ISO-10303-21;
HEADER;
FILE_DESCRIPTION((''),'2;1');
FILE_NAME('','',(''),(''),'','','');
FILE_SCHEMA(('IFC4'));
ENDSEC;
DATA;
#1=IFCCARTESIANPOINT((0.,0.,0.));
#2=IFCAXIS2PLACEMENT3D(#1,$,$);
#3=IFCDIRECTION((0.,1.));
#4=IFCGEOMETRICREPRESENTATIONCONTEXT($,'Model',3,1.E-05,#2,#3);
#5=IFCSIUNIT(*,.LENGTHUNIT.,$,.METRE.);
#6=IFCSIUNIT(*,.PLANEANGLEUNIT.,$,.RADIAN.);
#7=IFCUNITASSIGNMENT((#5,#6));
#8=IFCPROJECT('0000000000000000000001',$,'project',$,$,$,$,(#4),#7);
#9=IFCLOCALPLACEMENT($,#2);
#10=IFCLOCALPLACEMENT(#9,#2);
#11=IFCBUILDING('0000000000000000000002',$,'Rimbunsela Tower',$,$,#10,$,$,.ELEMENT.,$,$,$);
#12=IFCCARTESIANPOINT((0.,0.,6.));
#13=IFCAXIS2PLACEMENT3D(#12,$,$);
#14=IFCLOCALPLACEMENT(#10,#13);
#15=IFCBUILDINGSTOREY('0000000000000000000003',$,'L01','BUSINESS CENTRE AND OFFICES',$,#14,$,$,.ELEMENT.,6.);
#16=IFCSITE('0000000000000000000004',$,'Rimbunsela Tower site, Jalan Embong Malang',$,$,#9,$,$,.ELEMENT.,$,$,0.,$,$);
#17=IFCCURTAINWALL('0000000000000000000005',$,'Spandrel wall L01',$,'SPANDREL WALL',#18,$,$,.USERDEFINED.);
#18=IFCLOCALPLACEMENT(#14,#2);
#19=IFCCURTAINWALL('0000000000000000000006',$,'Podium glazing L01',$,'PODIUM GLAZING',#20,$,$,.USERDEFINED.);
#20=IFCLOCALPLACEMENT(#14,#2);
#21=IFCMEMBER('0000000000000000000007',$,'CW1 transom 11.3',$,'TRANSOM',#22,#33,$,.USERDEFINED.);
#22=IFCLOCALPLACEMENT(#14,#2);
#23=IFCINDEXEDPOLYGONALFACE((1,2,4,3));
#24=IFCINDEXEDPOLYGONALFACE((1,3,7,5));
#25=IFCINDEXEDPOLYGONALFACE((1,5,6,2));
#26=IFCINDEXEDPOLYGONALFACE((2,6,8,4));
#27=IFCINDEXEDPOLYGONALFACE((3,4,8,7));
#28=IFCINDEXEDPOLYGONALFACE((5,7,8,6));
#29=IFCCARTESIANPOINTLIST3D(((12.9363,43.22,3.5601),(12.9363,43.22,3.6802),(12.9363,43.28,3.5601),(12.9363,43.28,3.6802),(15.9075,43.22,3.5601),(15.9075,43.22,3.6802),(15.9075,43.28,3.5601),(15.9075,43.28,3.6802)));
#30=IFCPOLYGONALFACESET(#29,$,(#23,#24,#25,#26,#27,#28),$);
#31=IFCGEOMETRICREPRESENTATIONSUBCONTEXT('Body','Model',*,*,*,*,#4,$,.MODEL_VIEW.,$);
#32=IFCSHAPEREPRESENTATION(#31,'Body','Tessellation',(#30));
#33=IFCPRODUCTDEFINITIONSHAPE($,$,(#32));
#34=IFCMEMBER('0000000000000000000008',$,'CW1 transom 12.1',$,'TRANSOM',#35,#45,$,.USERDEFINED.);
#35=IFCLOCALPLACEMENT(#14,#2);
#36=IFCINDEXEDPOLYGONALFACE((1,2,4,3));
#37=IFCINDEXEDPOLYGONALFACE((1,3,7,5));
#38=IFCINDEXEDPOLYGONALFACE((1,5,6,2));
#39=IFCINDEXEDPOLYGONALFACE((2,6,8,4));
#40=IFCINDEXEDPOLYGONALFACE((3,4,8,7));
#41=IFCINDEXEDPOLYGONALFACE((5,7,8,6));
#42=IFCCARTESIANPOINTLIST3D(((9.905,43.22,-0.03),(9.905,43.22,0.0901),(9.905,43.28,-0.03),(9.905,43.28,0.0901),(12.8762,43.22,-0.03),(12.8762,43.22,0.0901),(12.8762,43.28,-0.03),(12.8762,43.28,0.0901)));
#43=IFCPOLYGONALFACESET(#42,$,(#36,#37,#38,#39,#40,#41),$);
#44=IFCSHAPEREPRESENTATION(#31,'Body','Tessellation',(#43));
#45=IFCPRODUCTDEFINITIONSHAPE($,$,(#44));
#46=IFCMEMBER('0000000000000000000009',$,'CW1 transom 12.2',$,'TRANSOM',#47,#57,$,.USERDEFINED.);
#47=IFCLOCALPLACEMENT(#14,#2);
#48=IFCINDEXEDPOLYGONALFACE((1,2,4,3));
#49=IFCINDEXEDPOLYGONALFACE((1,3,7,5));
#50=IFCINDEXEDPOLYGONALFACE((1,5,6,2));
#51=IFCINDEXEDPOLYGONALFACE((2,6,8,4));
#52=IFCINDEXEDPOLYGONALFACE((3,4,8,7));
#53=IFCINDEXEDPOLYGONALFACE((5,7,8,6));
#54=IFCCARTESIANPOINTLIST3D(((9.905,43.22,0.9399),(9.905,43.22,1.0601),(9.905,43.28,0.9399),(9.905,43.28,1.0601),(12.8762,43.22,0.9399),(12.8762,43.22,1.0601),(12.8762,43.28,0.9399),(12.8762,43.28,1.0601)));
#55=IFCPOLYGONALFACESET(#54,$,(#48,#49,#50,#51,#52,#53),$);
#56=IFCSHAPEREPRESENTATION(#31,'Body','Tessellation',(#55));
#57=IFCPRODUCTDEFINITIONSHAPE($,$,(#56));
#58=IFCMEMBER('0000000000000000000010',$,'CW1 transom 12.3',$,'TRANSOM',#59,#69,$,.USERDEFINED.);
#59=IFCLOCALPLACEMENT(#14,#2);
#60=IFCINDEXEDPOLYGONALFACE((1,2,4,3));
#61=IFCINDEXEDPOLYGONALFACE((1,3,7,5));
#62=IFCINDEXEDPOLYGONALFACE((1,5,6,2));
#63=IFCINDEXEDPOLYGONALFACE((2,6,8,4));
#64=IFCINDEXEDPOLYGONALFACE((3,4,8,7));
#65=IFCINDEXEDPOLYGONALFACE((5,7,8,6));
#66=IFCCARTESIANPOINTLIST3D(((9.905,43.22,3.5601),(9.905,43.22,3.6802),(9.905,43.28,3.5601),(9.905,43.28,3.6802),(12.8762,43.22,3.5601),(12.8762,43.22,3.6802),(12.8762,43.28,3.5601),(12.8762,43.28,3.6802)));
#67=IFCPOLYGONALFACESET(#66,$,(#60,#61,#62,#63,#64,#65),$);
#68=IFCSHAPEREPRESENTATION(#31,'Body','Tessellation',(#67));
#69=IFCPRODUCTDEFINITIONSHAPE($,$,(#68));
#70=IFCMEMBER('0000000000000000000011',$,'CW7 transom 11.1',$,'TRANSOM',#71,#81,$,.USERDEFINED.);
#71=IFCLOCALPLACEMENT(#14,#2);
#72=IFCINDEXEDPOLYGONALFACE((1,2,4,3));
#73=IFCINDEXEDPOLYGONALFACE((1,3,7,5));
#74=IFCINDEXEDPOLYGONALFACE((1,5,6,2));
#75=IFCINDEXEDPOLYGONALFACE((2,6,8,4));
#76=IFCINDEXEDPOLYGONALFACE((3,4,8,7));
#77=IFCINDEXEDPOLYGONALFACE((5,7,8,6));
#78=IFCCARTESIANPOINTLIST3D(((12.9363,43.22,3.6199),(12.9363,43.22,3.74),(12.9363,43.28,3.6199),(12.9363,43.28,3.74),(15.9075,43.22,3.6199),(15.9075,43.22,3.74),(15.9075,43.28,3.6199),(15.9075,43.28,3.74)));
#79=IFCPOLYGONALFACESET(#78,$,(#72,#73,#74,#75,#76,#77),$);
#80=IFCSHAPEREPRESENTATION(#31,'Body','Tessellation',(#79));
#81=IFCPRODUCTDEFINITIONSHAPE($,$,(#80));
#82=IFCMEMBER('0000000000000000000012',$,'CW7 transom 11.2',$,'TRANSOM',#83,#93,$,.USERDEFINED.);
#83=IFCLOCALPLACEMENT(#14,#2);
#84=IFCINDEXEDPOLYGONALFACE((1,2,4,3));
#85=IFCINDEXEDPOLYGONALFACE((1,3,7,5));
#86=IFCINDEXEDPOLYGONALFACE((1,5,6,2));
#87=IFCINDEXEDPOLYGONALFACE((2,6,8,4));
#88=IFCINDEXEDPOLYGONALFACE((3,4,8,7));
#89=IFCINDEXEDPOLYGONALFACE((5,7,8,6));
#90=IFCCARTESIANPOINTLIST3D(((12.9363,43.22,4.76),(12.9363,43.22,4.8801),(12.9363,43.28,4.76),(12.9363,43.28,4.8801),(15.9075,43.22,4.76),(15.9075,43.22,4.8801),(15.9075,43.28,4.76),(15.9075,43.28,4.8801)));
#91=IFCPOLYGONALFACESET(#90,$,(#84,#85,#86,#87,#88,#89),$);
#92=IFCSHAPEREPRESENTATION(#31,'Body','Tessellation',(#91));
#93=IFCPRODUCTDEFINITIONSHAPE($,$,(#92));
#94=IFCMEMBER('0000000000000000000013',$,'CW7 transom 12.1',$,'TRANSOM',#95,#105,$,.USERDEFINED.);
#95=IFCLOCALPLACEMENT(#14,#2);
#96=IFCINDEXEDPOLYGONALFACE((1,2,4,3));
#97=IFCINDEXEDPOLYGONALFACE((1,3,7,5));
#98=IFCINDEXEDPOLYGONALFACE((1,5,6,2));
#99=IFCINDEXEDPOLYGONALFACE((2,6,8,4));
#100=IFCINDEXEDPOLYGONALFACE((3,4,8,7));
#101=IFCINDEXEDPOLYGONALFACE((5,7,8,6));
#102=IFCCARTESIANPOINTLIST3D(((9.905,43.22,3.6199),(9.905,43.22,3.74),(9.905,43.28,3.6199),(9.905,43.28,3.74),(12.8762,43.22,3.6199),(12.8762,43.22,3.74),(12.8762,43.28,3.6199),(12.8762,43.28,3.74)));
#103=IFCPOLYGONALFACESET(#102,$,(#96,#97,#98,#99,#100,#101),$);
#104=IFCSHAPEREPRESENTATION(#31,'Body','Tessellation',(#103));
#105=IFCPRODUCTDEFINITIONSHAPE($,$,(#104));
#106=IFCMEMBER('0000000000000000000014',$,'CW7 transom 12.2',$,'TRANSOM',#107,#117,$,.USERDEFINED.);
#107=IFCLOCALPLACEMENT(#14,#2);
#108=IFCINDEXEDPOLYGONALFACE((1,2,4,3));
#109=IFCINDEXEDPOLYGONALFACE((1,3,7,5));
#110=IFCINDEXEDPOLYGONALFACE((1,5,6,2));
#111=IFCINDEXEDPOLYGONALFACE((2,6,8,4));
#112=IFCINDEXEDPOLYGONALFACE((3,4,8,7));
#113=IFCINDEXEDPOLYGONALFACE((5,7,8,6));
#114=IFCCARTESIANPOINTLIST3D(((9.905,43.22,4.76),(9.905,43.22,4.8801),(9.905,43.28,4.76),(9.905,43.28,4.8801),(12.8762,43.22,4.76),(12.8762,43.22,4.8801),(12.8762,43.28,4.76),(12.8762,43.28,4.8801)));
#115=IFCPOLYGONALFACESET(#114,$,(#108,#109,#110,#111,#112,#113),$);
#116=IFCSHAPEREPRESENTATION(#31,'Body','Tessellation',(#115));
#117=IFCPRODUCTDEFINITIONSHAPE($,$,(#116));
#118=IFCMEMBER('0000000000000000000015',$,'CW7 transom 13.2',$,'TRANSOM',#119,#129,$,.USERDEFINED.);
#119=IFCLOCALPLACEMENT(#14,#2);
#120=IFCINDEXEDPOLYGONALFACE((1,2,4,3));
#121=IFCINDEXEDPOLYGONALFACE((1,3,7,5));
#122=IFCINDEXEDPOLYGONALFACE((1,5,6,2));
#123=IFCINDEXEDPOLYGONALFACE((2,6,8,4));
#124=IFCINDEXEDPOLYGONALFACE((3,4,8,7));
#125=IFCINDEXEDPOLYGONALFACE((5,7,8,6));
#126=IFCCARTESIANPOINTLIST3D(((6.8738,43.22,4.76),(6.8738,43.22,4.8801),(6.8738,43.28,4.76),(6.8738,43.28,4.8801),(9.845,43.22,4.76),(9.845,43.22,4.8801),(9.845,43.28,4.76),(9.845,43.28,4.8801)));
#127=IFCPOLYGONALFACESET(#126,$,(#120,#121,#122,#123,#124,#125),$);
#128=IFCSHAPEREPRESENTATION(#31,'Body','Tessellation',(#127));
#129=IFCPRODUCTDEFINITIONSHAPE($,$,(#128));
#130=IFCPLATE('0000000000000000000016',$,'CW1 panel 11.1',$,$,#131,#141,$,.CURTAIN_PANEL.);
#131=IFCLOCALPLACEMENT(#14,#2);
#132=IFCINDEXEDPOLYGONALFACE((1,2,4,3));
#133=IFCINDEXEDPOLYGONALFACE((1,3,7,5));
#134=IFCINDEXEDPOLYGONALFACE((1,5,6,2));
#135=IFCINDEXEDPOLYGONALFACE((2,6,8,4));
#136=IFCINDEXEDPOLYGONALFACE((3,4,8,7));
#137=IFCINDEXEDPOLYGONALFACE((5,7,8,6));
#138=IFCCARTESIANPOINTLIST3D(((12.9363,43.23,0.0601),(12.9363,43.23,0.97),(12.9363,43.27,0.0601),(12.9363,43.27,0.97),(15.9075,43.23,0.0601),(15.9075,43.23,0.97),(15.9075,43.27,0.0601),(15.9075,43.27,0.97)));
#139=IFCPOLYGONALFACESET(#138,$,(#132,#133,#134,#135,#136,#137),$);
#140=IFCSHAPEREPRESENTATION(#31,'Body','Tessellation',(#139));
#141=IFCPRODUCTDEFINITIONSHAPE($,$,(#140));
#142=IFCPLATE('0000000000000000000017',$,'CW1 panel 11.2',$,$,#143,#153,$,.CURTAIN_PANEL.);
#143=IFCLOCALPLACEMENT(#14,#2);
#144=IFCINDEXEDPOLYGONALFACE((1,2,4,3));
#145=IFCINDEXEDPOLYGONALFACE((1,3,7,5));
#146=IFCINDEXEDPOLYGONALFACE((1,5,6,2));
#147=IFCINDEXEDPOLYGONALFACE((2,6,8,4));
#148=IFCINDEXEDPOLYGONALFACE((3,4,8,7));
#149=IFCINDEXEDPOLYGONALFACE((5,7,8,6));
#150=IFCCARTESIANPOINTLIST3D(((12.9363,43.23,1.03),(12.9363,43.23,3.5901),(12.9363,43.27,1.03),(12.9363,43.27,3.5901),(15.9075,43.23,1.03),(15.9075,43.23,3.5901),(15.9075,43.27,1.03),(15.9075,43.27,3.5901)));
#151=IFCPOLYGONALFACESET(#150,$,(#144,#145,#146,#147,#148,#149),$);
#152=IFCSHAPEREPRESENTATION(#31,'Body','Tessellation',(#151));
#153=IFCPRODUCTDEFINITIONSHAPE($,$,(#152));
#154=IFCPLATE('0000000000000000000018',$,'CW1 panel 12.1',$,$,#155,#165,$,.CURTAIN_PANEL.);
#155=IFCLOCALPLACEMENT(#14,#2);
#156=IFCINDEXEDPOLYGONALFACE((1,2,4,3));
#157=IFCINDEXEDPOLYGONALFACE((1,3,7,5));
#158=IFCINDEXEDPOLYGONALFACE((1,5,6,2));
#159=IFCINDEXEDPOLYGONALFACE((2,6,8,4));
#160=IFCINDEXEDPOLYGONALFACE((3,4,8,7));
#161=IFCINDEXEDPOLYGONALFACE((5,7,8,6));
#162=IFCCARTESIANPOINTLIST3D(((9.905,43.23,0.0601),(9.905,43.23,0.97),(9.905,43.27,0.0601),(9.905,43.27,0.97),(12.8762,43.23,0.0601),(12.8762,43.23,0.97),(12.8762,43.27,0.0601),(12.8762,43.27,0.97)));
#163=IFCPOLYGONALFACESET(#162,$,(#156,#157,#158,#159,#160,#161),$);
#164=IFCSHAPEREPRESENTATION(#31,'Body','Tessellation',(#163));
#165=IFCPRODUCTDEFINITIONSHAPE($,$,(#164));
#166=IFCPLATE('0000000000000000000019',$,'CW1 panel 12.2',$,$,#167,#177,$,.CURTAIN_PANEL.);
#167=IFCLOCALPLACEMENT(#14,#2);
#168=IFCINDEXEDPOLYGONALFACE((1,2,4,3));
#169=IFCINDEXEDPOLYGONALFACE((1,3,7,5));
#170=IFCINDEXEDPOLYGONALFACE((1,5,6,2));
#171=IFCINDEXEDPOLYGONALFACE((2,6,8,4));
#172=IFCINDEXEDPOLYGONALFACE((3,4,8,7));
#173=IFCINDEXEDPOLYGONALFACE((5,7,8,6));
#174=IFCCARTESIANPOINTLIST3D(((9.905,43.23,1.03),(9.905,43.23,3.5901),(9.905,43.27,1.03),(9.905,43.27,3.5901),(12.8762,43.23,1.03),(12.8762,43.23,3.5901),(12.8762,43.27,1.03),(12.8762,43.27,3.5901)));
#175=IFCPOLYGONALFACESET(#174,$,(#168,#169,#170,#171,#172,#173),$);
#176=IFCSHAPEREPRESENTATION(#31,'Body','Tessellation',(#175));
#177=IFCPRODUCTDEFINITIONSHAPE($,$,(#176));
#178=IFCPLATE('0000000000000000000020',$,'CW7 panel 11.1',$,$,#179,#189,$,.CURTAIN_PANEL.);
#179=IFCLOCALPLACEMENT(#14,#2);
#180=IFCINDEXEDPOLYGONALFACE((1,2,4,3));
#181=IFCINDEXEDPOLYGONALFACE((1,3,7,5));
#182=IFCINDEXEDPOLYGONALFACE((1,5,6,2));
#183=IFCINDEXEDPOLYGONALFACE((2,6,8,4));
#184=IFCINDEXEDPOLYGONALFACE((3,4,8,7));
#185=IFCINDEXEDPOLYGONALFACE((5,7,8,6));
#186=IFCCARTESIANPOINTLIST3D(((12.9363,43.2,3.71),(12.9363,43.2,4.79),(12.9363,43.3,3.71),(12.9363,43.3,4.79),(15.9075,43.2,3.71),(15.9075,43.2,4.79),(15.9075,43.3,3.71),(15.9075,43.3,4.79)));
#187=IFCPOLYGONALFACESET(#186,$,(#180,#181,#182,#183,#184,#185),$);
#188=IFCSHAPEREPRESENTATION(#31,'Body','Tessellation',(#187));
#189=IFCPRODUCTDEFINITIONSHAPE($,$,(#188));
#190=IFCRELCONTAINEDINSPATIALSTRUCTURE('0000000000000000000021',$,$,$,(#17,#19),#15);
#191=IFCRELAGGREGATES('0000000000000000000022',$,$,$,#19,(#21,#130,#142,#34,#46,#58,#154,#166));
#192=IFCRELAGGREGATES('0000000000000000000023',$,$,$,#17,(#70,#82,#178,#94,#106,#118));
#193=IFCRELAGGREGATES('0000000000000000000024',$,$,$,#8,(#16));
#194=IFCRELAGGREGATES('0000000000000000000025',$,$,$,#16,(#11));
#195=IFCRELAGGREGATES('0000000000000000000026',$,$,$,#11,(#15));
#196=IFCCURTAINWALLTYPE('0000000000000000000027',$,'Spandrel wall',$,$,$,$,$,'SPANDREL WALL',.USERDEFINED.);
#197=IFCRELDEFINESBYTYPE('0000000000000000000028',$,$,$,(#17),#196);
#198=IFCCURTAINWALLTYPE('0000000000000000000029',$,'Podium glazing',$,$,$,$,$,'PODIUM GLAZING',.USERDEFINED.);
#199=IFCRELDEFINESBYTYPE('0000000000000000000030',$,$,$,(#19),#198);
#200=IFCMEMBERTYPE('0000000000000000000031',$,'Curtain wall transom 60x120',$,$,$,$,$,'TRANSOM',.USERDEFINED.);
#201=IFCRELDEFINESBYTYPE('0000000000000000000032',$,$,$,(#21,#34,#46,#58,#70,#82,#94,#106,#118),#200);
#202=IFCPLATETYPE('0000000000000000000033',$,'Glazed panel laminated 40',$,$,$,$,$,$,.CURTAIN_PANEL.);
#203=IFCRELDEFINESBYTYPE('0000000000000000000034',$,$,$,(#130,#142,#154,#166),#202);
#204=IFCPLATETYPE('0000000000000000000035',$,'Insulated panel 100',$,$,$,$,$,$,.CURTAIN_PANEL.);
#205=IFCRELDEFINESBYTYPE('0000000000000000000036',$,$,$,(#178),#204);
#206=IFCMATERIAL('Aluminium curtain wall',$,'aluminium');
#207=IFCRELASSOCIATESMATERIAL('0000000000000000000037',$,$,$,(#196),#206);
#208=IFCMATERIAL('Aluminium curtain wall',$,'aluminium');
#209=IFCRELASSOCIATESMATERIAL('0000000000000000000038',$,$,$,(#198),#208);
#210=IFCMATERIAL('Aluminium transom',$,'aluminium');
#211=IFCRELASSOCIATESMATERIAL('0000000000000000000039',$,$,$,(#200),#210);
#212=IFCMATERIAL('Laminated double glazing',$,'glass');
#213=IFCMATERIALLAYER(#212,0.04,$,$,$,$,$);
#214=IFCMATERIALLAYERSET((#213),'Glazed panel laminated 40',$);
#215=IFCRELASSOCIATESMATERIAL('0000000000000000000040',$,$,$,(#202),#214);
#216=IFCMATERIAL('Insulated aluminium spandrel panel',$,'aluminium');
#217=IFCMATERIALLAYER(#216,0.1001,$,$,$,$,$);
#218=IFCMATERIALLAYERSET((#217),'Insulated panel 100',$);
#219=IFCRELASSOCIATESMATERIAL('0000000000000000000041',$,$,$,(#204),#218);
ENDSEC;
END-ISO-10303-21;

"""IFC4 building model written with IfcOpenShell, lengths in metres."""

from ifc_helpers import new_model, si_unit, direction, frame, origin, origin_2d, place, context, subcontext, project, spatial, rectangle, extrude, material, layer, layer_set, material_profile, profile_set, type_object, element, aggregate, save


model = new_model("IFC4")

# Units and contexts
model_context = context("Model", 3, precision=1e-05, world=origin(), true_north=direction((0.0, 1.0)))
body_context = subcontext(model_context, "Body", "Model", "MODEL_VIEW")
ifc_project = project(units=[si_unit("LENGTHUNIT", "METRE"), si_unit("PLANEANGLEUNIT", "RADIAN")], contexts=[model_context])

# Site, building, storey
site_placement = place(None, origin())
site = spatial("IfcSite", under=ifc_project, at=site_placement, Name="Rimbunsela Tower site, Jalan Embong Malang", CompositionType="ELEMENT", RefElevation=0.0)
building_placement = place(site_placement, origin())
building = spatial("IfcBuilding", under=site, at=building_placement, Name="Rimbunsela Tower", CompositionType="ELEMENT")
storey_placement = place(building_placement, frame((0.0, 0.0, 6.0)))
storey = spatial("IfcBuildingStorey", under=building, at=storey_placement, Name="L01", Description="BUSINESS CENTRE AND OFFICES", CompositionType="ELEMENT", Elevation=6.0)

# Curtain walls, members
ifc_material_1 = material(Name="Aluminium curtain wall", Category="aluminium")
curtain_wall_type_1 = type_object("IfcCurtainWallType", Name="Spandrel wall", ElementType="SPANDREL WALL", PredefinedType="USERDEFINED", material=ifc_material_1)
curtain_wall_1_placement = place(storey_placement, origin())
curtain_wall_1 = element("IfcCurtainWall", 1, at=curtain_wall_1_placement, inside=storey, type_object=curtain_wall_type_1, Name="Spandrel wall L01", ObjectType="SPANDREL WALL", PredefinedType="USERDEFINED")
ifc_material_2 = material(Name="Aluminium curtain wall", Category="aluminium")
curtain_wall_type_2 = type_object("IfcCurtainWallType", Name="Podium glazing", ElementType="PODIUM GLAZING", PredefinedType="USERDEFINED", material=ifc_material_2)
curtain_wall_2_placement = place(storey_placement, origin())
curtain_wall_2 = element("IfcCurtainWall", 2, at=curtain_wall_2_placement, inside=storey, type_object=curtain_wall_type_2, Name="Podium glazing L01", ObjectType="PODIUM GLAZING", PredefinedType="USERDEFINED")
ifc_material_3 = material(Name="Aluminium transom", Category="aluminium")
ifc_material_profile_1 = material_profile(ifc_material_3, rectangle(XDim=0.0601, YDim=0.1201, at=origin_2d()), Name="Transom 60x120")
ifc_profile_set_1 = profile_set([ifc_material_profile_1], Name="Aluminium transom")
member_type_1 = type_object("IfcMemberType", Name="Curtain wall transom 60x120", ElementType="TRANSOM", PredefinedType="USERDEFINED", material=ifc_profile_set_1)
member_1_placement = place(storey_placement, frame((15.9075, 43.25, 3.6201), z_axis=(-1.0, 0.0, 0.0), x_axis=(0.0, -1.0, 0.0)))
member_1 = element("IfcMember", 3, at=member_1_placement, type_object=member_type_1, Name="CW1 transom 11.3", ObjectType="TRANSOM", PredefinedType="USERDEFINED", context=body_context, shape_type="SweptSolid", body=[
    extrude(rectangle(XDim=0.0601, YDim=0.1201, at=origin_2d()), origin(), (0.0, 0.0, 1.0), 2.9712),
])
member_2_placement = place(storey_placement, frame((12.8762, 43.25, 0.03), z_axis=(-1.0, 0.0, 0.0), x_axis=(0.0, -1.0, 0.0)))
member_2 = element("IfcMember", 4, at=member_2_placement, type_object=member_type_1, Name="CW1 transom 12.1", ObjectType="TRANSOM", PredefinedType="USERDEFINED", context=body_context, shape_type="SweptSolid", body=[
    extrude(rectangle(XDim=0.0601, YDim=0.1201, at=origin_2d()), origin(), (0.0, 0.0, 1.0), 2.9712),
])
member_3_placement = place(storey_placement, frame((12.8762, 43.25, 1.0), z_axis=(-1.0, 0.0, 0.0), x_axis=(0.0, -1.0, 0.0)))
member_3 = element("IfcMember", 5, at=member_3_placement, type_object=member_type_1, Name="CW1 transom 12.2", ObjectType="TRANSOM", PredefinedType="USERDEFINED", context=body_context, shape_type="SweptSolid", body=[
    extrude(rectangle(XDim=0.0601, YDim=0.1201, at=origin_2d()), origin(), (0.0, 0.0, 1.0), 2.9712),
])
member_4_placement = place(storey_placement, frame((12.8762, 43.25, 3.6201), z_axis=(-1.0, 0.0, 0.0), x_axis=(0.0, -1.0, 0.0)))
member_4 = element("IfcMember", 6, at=member_4_placement, type_object=member_type_1, Name="CW1 transom 12.3", ObjectType="TRANSOM", PredefinedType="USERDEFINED", context=body_context, shape_type="SweptSolid", body=[
    extrude(rectangle(XDim=0.0601, YDim=0.1201, at=origin_2d()), origin(), (0.0, 0.0, 1.0), 2.9712),
])

# Members
member_5_placement = place(storey_placement, frame((15.9075, 43.25, 3.6799), z_axis=(-1.0, 0.0, 0.0), x_axis=(0.0, -1.0, 0.0)))
member_5 = element("IfcMember", 7, at=member_5_placement, type_object=member_type_1, Name="CW7 transom 11.1", ObjectType="TRANSOM", PredefinedType="USERDEFINED", context=body_context, shape_type="SweptSolid", body=[
    extrude(rectangle(XDim=0.0601, YDim=0.1201, at=origin_2d()), origin(), (0.0, 0.0, 1.0), 2.9712),
])
member_6_placement = place(storey_placement, frame((15.9075, 43.25, 4.8201), z_axis=(-1.0, 0.0, 0.0), x_axis=(0.0, -1.0, 0.0)))
member_6 = element("IfcMember", 8, at=member_6_placement, type_object=member_type_1, Name="CW7 transom 11.2", ObjectType="TRANSOM", PredefinedType="USERDEFINED", context=body_context, shape_type="SweptSolid", body=[
    extrude(rectangle(XDim=0.0601, YDim=0.1201, at=origin_2d()), origin(), (0.0, 0.0, 1.0), 2.9712),
])
member_7_placement = place(storey_placement, frame((12.8762, 43.25, 3.6799), z_axis=(-1.0, 0.0, 0.0), x_axis=(0.0, -1.0, 0.0)))
member_7 = element("IfcMember", 9, at=member_7_placement, type_object=member_type_1, Name="CW7 transom 12.1", ObjectType="TRANSOM", PredefinedType="USERDEFINED", context=body_context, shape_type="SweptSolid", body=[
    extrude(rectangle(XDim=0.0601, YDim=0.1201, at=origin_2d()), origin(), (0.0, 0.0, 1.0), 2.9712),
])
member_8_placement = place(storey_placement, frame((12.8762, 43.25, 4.8201), z_axis=(-1.0, 0.0, 0.0), x_axis=(0.0, -1.0, 0.0)))
member_8 = element("IfcMember", 10, at=member_8_placement, type_object=member_type_1, Name="CW7 transom 12.2", ObjectType="TRANSOM", PredefinedType="USERDEFINED", context=body_context, shape_type="SweptSolid", body=[
    extrude(rectangle(XDim=0.0601, YDim=0.1201, at=origin_2d()), origin(), (0.0, 0.0, 1.0), 2.9712),
])
member_9_placement = place(storey_placement, frame((9.845, 43.25, 4.8201), z_axis=(-1.0, 0.0, 0.0), x_axis=(0.0, -1.0, 0.0)))
member_9 = element("IfcMember", 11, at=member_9_placement, type_object=member_type_1, Name="CW7 transom 13.2", ObjectType="TRANSOM", PredefinedType="USERDEFINED", context=body_context, shape_type="SweptSolid", body=[
    extrude(rectangle(XDim=0.0601, YDim=0.1201, at=origin_2d()), origin(), (0.0, 0.0, 1.0), 2.9712),
])

# Plates
ifc_material_4 = material(Name="Laminated double glazing", Category="glass")
ifc_layer_1 = layer(ifc_material_4, 0.04)
ifc_layer_set_1 = layer_set([ifc_layer_1], Name="Glazed panel laminated 40")
plate_type_1 = type_object("IfcPlateType", Name="Glazed panel laminated 40", PredefinedType="CURTAIN_PANEL", material=ifc_layer_set_1)
plate_1_placement = place(storey_placement, frame((14.4219, 43.25, 0.0601), z_axis=(0.0, 0.0, 1.0), x_axis=(-1.0, 0.0, 0.0)))
plate_1 = element("IfcPlate", 12, at=plate_1_placement, type_object=plate_type_1, Name="CW1 panel 11.1", PredefinedType="CURTAIN_PANEL", context=body_context, shape_type="SweptSolid", body=[
    extrude(rectangle(XDim=2.9712, YDim=0.04, at=origin_2d()), origin(), (0.0, 0.0, 1.0), 0.9099),
])
plate_2_placement = place(storey_placement, frame((14.4219, 43.25, 1.03), z_axis=(0.0, 0.0, 1.0), x_axis=(-1.0, 0.0, 0.0)))
plate_2 = element("IfcPlate", 13, at=plate_2_placement, type_object=plate_type_1, Name="CW1 panel 11.2", PredefinedType="CURTAIN_PANEL", context=body_context, shape_type="SweptSolid", body=[
    extrude(rectangle(XDim=2.9712, YDim=0.04, at=origin_2d()), origin(), (0.0, 0.0, 1.0), 2.5601),
])
plate_3_placement = place(storey_placement, frame((11.3906, 43.25, 0.0601), z_axis=(0.0, 0.0, 1.0), x_axis=(-1.0, 0.0, 0.0)))
plate_3 = element("IfcPlate", 14, at=plate_3_placement, type_object=plate_type_1, Name="CW1 panel 12.1", PredefinedType="CURTAIN_PANEL", context=body_context, shape_type="SweptSolid", body=[
    extrude(rectangle(XDim=2.9712, YDim=0.04, at=origin_2d()), origin(), (0.0, 0.0, 1.0), 0.9099),
])
plate_4_placement = place(storey_placement, frame((11.3906, 43.25, 1.03), z_axis=(0.0, 0.0, 1.0), x_axis=(-1.0, 0.0, 0.0)))
plate_4 = element("IfcPlate", 15, at=plate_4_placement, type_object=plate_type_1, Name="CW1 panel 12.2", PredefinedType="CURTAIN_PANEL", context=body_context, shape_type="SweptSolid", body=[
    extrude(rectangle(XDim=2.9712, YDim=0.04, at=origin_2d()), origin(), (0.0, 0.0, 1.0), 2.5601),
])
aggregate(curtain_wall_2, [member_1, plate_1, plate_2, member_2, member_3, member_4, plate_3, plate_4])
ifc_material_5 = material(Name="Insulated aluminium spandrel panel", Category="aluminium")
ifc_layer_2 = layer(ifc_material_5, 0.1001)
ifc_layer_set_2 = layer_set([ifc_layer_2], Name="Insulated panel 100")
plate_type_2 = type_object("IfcPlateType", Name="Insulated panel 100", PredefinedType="CURTAIN_PANEL", material=ifc_layer_set_2)
plate_5_placement = place(storey_placement, frame((14.4219, 43.25, 3.71), z_axis=(0.0, 0.0, 1.0), x_axis=(-1.0, 0.0, 0.0)))
plate_5 = element("IfcPlate", 16, at=plate_5_placement, type_object=plate_type_2, Name="CW7 panel 11.1", PredefinedType="CURTAIN_PANEL", context=body_context, shape_type="SweptSolid", body=[
    extrude(rectangle(XDim=2.9712, YDim=0.1001, at=origin_2d()), origin(), (0.0, 0.0, 1.0), 1.0801),
])
aggregate(curtain_wall_1, [member_5, member_6, plate_5, member_7, member_8, member_9])

save(model, "model.ifc")
